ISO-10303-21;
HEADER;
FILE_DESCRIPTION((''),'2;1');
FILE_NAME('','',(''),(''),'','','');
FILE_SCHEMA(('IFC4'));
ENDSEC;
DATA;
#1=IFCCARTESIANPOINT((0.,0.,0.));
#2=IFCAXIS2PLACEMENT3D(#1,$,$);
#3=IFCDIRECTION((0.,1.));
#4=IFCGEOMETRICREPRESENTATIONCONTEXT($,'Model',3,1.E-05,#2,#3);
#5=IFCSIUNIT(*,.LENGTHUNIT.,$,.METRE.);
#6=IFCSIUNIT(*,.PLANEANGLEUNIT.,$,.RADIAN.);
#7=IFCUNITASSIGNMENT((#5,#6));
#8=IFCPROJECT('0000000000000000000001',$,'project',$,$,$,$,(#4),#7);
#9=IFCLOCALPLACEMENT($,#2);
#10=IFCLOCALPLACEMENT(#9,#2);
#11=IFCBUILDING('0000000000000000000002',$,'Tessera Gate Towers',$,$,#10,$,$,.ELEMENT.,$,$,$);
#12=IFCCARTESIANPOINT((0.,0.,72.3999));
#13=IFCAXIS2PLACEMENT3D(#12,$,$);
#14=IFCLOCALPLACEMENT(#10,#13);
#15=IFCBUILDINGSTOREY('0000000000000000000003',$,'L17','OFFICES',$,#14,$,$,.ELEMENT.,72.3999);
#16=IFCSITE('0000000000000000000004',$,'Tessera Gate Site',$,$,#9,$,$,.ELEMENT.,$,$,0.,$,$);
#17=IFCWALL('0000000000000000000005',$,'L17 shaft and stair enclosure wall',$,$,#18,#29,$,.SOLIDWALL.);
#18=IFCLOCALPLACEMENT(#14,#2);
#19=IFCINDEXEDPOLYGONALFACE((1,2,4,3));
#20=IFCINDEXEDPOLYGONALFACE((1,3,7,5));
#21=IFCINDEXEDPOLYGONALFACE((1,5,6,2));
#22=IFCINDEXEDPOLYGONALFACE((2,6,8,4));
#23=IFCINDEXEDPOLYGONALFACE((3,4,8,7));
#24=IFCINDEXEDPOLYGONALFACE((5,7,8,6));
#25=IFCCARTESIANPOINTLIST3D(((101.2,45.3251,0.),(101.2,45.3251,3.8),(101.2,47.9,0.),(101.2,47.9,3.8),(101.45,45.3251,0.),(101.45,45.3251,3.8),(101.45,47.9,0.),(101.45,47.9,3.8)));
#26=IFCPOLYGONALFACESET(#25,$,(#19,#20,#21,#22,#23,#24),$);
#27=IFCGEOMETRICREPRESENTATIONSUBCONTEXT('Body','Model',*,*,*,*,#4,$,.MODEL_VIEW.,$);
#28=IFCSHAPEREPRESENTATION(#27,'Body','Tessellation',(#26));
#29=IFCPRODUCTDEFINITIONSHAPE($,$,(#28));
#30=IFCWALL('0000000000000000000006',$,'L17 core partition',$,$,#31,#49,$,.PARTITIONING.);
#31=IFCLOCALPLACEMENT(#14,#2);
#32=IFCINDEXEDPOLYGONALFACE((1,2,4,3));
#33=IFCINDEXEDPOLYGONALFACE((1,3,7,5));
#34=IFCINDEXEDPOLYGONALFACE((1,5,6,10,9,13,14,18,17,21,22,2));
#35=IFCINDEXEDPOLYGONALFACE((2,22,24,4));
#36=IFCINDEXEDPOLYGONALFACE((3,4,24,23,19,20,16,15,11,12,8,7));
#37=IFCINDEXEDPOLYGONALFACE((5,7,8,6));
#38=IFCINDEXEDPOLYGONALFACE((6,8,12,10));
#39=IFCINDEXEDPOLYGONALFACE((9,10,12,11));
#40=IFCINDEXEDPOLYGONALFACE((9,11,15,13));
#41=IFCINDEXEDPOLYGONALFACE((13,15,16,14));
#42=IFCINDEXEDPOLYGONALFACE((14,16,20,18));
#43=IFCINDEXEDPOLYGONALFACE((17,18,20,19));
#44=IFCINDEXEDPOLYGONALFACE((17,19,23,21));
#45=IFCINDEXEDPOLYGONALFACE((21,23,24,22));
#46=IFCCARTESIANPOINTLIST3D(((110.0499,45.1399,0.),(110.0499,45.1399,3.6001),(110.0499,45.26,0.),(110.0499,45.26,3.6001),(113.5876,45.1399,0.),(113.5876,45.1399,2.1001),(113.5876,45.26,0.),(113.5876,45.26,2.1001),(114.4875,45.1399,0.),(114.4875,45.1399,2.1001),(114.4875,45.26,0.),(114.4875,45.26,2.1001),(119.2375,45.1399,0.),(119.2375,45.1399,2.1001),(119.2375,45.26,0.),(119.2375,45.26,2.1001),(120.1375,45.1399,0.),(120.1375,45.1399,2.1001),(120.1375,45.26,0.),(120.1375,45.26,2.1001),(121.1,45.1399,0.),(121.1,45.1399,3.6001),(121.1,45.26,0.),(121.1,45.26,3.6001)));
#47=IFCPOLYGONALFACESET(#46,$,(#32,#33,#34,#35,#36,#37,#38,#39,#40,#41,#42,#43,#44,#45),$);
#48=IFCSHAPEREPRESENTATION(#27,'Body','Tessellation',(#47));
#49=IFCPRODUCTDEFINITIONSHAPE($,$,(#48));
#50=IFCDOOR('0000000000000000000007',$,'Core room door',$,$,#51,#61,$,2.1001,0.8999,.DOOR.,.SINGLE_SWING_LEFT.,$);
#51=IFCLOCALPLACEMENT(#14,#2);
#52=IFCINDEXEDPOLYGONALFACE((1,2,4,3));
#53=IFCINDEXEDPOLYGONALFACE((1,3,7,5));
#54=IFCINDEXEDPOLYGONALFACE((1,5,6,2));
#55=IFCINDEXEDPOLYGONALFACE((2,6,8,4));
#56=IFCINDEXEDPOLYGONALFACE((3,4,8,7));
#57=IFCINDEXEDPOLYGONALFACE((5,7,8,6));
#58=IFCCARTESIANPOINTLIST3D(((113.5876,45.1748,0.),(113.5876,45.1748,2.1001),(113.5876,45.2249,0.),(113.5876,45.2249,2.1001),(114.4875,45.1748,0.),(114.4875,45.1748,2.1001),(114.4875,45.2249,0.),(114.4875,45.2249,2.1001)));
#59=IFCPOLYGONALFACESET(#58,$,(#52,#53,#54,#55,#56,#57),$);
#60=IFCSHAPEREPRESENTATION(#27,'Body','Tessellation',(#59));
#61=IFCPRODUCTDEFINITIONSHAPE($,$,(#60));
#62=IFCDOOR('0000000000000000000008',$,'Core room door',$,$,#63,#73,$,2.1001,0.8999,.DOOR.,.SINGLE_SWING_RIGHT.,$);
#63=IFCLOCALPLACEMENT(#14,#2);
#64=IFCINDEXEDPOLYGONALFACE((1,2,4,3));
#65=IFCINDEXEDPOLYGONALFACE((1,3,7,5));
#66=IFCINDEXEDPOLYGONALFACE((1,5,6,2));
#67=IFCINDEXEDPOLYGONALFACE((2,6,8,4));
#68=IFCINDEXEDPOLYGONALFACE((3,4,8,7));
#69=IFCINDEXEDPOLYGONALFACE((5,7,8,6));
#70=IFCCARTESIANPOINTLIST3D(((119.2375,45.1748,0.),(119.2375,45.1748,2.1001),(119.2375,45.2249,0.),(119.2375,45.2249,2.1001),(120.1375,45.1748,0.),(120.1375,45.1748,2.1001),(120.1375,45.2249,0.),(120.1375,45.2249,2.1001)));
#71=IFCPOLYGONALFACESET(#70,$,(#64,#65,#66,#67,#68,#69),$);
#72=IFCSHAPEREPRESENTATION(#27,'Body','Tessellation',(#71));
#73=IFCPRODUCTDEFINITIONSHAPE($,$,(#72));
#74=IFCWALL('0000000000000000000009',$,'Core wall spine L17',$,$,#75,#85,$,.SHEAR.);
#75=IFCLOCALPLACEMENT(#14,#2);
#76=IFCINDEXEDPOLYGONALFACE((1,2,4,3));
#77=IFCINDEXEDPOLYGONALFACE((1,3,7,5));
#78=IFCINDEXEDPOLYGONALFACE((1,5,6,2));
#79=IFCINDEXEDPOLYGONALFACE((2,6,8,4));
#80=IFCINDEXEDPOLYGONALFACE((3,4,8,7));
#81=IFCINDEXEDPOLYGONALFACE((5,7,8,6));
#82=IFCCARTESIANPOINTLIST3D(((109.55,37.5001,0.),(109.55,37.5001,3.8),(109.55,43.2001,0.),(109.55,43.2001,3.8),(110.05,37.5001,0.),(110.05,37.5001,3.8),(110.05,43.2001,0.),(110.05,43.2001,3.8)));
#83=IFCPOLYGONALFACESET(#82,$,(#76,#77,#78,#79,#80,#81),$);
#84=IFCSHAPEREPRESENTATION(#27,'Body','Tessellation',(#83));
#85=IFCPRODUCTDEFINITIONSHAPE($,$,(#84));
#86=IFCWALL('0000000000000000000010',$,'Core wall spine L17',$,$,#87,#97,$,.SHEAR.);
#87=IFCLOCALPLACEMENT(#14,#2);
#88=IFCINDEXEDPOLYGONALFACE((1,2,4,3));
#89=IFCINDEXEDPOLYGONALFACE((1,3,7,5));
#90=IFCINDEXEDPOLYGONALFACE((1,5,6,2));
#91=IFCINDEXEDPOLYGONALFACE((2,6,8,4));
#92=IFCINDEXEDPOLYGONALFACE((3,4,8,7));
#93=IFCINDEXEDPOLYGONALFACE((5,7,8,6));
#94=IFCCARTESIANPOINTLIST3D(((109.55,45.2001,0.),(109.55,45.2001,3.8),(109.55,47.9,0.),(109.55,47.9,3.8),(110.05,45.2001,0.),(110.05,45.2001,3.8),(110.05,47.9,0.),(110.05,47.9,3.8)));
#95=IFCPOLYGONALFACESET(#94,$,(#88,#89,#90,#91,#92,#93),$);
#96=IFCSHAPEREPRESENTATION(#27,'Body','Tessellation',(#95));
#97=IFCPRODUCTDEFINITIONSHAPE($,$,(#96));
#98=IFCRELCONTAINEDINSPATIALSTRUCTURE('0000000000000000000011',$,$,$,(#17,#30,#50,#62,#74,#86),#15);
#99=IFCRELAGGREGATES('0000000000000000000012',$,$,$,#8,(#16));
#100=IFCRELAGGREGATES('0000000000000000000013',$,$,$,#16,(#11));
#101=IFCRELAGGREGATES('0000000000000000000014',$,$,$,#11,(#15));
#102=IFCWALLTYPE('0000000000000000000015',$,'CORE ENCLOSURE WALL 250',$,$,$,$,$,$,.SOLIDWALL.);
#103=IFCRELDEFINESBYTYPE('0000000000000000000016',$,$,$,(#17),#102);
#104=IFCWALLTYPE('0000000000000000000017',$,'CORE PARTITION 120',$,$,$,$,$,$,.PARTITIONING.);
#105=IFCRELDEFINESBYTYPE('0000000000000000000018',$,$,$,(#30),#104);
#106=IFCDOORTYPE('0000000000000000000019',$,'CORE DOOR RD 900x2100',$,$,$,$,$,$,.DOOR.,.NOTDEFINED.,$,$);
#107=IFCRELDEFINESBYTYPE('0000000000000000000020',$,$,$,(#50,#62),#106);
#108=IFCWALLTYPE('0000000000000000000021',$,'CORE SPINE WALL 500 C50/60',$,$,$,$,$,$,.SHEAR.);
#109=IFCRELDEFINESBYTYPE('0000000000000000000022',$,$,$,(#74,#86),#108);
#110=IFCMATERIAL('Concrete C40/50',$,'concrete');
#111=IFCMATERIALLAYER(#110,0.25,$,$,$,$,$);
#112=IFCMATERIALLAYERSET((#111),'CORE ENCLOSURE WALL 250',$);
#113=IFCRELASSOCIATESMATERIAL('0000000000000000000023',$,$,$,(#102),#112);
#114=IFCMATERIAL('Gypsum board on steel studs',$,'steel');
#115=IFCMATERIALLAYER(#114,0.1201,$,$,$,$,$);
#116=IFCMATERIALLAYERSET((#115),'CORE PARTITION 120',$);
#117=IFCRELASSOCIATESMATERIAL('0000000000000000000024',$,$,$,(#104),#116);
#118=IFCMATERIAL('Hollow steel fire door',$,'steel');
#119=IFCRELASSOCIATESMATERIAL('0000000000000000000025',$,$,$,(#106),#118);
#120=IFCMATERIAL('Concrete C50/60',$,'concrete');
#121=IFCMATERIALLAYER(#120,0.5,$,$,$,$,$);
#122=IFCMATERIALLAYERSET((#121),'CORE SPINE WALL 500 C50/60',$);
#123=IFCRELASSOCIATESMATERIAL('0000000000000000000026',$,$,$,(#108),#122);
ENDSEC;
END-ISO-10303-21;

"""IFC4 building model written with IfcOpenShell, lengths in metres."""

from ifc_helpers import new_model, si_unit, direction, frame, frame_2d, origin, place, context, subcontext, project, spatial, rectangle, extrude, source, transform, mapped, material, layer, layer_set, type_object, element, fill, save


model = new_model("IFC4")

# Units and contexts
model_context = context("Model", 3, precision=1e-05, world=origin(), true_north=direction((0.0, 1.0)))
body_context = subcontext(model_context, "Body", "Model", "MODEL_VIEW")
ifc_project = project(units=[si_unit("LENGTHUNIT", "METRE"), si_unit("PLANEANGLEUNIT", "RADIAN")], contexts=[model_context])

# Site, building, storey
site_placement = place(None, origin())
site = spatial("IfcSite", under=ifc_project, at=site_placement, Name="Tessera Gate Site", CompositionType="ELEMENT", RefElevation=0.0)
building_placement = place(site_placement, origin())
building = spatial("IfcBuilding", under=site, at=building_placement, Name="Tessera Gate Towers", CompositionType="ELEMENT")
storey_placement = place(building_placement, frame((0.0, 0.0, 72.3999)))
storey = spatial("IfcBuildingStorey", under=building, at=storey_placement, Name="L17", Description="OFFICES", CompositionType="ELEMENT", Elevation=72.3999)

# Shared definitions
ifc_material_1 = material(Name="Concrete C40/50", Category="concrete")
ifc_layer_1 = layer(ifc_material_1, 0.25)
ifc_layer_set_1 = layer_set([ifc_layer_1], Name="CORE ENCLOSURE WALL 250")
wall_type_1 = type_object("IfcWallType", Name="CORE ENCLOSURE WALL 250", PredefinedType="SOLIDWALL", material=ifc_layer_set_1)

# Wall
wall_1_placement = place(storey_placement, frame((101.325, 45.325, 0.0), z_axis=(0.0, 0.0, 1.0), x_axis=(0.0, 1.0, 0.0)))
element("IfcWall", 1, at=wall_1_placement, inside=storey, type_object=wall_type_1, Name="L17 shaft and stair enclosure wall", PredefinedType="SOLIDWALL", context=body_context, shape_type="SweptSolid", body=[
    extrude(rectangle(XDim=2.575, YDim=0.25, at=frame_2d((1.2876, 0.0))), origin(), (0.0, 0.0, 1.0), 3.8),
])

# Wall, openings, doors
ifc_material_2 = material(Name="Gypsum board on steel studs", Category="steel")
ifc_layer_2 = layer(ifc_material_2, 0.1201)
ifc_layer_set_2 = layer_set([ifc_layer_2], Name="CORE PARTITION 120")
wall_type_2 = type_object("IfcWallType", Name="CORE PARTITION 120", PredefinedType="PARTITIONING", material=ifc_layer_set_2)
wall_2_placement = place(storey_placement, frame((110.05, 45.2, 0.0), z_axis=(0.0, 0.0, 1.0), x_axis=(1.0, 0.0, 0.0)))
wall_2 = element("IfcWall", 2, at=wall_2_placement, inside=storey, type_object=wall_type_2, Name="L17 core partition", PredefinedType="PARTITIONING", context=body_context, shape_type="SweptSolid", body=[
    extrude(rectangle(XDim=11.05, YDim=0.1201, at=frame_2d((5.5249, 0.0))), origin(), (0.0, 0.0, 1.0), 3.6001),
])
shared_shape_1 = source(origin(), body_context, "Body", "SweptSolid", [
    extrude(rectangle(XDim=0.8999, YDim=2.1001, at=frame_2d((0.45, 1.05))), frame((0.0, 0.0701, 0.0), z_axis=(0.0, -1.0, 0.0), x_axis=(1.0, 0.0, 0.0)), (0.0, 0.0, 1.0), 0.1401),
])
opening_1_placement = place(wall_2_placement, frame((3.5376, 0.0, 0.0)))
opening_1 = element("IfcOpeningElement", 3, at=opening_1_placement, cuts=wall_2, PredefinedType="OPENING", context=body_context, shape_type="MappedRepresentation", body=[
    mapped(shared_shape_1, transform((0.0, 0.0, 0.0), scale=1.0)),
])
opening_2_placement = place(wall_2_placement, frame((9.1875, 0.0, 0.0)))
opening_2 = element("IfcOpeningElement", 4, at=opening_2_placement, cuts=wall_2, PredefinedType="OPENING", context=body_context, shape_type="MappedRepresentation", body=[
    mapped(shared_shape_1, transform((0.0, 0.0, 0.0), scale=1.0)),
])
ifc_material_3 = material(Name="Hollow steel fire door", Category="steel")
door_type_1 = type_object("IfcDoorType", Name="CORE DOOR RD 900x2100", OperationType="NOTDEFINED", PredefinedType="DOOR", material=ifc_material_3)
shared_shape_2 = source(origin(), body_context, "Body", "SweptSolid", [
    extrude(rectangle(XDim=0.8999, YDim=2.1001, at=frame_2d((0.45, 1.05))), frame((0.0, 0.0249, 0.0), z_axis=(0.0, -1.0, 0.0), x_axis=(1.0, 0.0, 0.0)), (0.0, 0.0, 1.0), 0.05),
])
door_1_placement = place(opening_1_placement, origin())
door_1 = element("IfcDoor", 5, at=door_1_placement, inside=storey, type_object=door_type_1, Name="Core room door", OperationType="SINGLE_SWING_LEFT", OverallHeight=2.1001, OverallWidth=0.8999, PredefinedType="DOOR", context=body_context, shape_type="MappedRepresentation", body=[
    mapped(shared_shape_2, transform((0.0, 0.0, 0.0), scale=1.0)),
])
fill(opening_1, door_1)
door_2_placement = place(opening_2_placement, origin())
door_2 = element("IfcDoor", 6, at=door_2_placement, inside=storey, type_object=door_type_1, Name="Core room door", OperationType="SINGLE_SWING_RIGHT", OverallHeight=2.1001, OverallWidth=0.8999, PredefinedType="DOOR", context=body_context, shape_type="MappedRepresentation", body=[
    mapped(shared_shape_2, transform((0.0, 0.0, 0.0), scale=1.0)),
])
fill(opening_2, door_2)

# Walls
ifc_material_4 = material(Name="Concrete C50/60", Category="concrete")
ifc_layer_3 = layer(ifc_material_4, 0.5)
ifc_layer_set_3 = layer_set([ifc_layer_3], Name="CORE SPINE WALL 500 C50/60")
wall_type_3 = type_object("IfcWallType", Name="CORE SPINE WALL 500 C50/60", PredefinedType="SHEAR", material=ifc_layer_set_3)
wall_3_placement = place(storey_placement, frame((109.8, 37.5, 0.0), z_axis=(0.0, 0.0, 1.0), x_axis=(0.0, 1.0, 0.0)))
element("IfcWall", 7, at=wall_3_placement, inside=storey, type_object=wall_type_3, Name="Core wall spine L17", PredefinedType="SHEAR", context=body_context, shape_type="SweptSolid", body=[
    extrude(rectangle(XDim=5.7, YDim=0.5, at=frame_2d((2.8501, 0.0))), origin(), (0.0, 0.0, 1.0), 3.8),
])
wall_4_placement = place(storey_placement, frame((109.8, 45.2, 0.0), z_axis=(0.0, 0.0, 1.0), x_axis=(0.0, 1.0, 0.0)))
element("IfcWall", 8, at=wall_4_placement, inside=storey, type_object=wall_type_3, Name="Core wall spine L17", PredefinedType="SHEAR", context=body_context, shape_type="SweptSolid", body=[
    extrude(rectangle(XDim=2.7, YDim=0.5, at=frame_2d((1.3501, 0.0))), origin(), (0.0, 0.0, 1.0), 3.8),
])

save(model, "model.ifc")
